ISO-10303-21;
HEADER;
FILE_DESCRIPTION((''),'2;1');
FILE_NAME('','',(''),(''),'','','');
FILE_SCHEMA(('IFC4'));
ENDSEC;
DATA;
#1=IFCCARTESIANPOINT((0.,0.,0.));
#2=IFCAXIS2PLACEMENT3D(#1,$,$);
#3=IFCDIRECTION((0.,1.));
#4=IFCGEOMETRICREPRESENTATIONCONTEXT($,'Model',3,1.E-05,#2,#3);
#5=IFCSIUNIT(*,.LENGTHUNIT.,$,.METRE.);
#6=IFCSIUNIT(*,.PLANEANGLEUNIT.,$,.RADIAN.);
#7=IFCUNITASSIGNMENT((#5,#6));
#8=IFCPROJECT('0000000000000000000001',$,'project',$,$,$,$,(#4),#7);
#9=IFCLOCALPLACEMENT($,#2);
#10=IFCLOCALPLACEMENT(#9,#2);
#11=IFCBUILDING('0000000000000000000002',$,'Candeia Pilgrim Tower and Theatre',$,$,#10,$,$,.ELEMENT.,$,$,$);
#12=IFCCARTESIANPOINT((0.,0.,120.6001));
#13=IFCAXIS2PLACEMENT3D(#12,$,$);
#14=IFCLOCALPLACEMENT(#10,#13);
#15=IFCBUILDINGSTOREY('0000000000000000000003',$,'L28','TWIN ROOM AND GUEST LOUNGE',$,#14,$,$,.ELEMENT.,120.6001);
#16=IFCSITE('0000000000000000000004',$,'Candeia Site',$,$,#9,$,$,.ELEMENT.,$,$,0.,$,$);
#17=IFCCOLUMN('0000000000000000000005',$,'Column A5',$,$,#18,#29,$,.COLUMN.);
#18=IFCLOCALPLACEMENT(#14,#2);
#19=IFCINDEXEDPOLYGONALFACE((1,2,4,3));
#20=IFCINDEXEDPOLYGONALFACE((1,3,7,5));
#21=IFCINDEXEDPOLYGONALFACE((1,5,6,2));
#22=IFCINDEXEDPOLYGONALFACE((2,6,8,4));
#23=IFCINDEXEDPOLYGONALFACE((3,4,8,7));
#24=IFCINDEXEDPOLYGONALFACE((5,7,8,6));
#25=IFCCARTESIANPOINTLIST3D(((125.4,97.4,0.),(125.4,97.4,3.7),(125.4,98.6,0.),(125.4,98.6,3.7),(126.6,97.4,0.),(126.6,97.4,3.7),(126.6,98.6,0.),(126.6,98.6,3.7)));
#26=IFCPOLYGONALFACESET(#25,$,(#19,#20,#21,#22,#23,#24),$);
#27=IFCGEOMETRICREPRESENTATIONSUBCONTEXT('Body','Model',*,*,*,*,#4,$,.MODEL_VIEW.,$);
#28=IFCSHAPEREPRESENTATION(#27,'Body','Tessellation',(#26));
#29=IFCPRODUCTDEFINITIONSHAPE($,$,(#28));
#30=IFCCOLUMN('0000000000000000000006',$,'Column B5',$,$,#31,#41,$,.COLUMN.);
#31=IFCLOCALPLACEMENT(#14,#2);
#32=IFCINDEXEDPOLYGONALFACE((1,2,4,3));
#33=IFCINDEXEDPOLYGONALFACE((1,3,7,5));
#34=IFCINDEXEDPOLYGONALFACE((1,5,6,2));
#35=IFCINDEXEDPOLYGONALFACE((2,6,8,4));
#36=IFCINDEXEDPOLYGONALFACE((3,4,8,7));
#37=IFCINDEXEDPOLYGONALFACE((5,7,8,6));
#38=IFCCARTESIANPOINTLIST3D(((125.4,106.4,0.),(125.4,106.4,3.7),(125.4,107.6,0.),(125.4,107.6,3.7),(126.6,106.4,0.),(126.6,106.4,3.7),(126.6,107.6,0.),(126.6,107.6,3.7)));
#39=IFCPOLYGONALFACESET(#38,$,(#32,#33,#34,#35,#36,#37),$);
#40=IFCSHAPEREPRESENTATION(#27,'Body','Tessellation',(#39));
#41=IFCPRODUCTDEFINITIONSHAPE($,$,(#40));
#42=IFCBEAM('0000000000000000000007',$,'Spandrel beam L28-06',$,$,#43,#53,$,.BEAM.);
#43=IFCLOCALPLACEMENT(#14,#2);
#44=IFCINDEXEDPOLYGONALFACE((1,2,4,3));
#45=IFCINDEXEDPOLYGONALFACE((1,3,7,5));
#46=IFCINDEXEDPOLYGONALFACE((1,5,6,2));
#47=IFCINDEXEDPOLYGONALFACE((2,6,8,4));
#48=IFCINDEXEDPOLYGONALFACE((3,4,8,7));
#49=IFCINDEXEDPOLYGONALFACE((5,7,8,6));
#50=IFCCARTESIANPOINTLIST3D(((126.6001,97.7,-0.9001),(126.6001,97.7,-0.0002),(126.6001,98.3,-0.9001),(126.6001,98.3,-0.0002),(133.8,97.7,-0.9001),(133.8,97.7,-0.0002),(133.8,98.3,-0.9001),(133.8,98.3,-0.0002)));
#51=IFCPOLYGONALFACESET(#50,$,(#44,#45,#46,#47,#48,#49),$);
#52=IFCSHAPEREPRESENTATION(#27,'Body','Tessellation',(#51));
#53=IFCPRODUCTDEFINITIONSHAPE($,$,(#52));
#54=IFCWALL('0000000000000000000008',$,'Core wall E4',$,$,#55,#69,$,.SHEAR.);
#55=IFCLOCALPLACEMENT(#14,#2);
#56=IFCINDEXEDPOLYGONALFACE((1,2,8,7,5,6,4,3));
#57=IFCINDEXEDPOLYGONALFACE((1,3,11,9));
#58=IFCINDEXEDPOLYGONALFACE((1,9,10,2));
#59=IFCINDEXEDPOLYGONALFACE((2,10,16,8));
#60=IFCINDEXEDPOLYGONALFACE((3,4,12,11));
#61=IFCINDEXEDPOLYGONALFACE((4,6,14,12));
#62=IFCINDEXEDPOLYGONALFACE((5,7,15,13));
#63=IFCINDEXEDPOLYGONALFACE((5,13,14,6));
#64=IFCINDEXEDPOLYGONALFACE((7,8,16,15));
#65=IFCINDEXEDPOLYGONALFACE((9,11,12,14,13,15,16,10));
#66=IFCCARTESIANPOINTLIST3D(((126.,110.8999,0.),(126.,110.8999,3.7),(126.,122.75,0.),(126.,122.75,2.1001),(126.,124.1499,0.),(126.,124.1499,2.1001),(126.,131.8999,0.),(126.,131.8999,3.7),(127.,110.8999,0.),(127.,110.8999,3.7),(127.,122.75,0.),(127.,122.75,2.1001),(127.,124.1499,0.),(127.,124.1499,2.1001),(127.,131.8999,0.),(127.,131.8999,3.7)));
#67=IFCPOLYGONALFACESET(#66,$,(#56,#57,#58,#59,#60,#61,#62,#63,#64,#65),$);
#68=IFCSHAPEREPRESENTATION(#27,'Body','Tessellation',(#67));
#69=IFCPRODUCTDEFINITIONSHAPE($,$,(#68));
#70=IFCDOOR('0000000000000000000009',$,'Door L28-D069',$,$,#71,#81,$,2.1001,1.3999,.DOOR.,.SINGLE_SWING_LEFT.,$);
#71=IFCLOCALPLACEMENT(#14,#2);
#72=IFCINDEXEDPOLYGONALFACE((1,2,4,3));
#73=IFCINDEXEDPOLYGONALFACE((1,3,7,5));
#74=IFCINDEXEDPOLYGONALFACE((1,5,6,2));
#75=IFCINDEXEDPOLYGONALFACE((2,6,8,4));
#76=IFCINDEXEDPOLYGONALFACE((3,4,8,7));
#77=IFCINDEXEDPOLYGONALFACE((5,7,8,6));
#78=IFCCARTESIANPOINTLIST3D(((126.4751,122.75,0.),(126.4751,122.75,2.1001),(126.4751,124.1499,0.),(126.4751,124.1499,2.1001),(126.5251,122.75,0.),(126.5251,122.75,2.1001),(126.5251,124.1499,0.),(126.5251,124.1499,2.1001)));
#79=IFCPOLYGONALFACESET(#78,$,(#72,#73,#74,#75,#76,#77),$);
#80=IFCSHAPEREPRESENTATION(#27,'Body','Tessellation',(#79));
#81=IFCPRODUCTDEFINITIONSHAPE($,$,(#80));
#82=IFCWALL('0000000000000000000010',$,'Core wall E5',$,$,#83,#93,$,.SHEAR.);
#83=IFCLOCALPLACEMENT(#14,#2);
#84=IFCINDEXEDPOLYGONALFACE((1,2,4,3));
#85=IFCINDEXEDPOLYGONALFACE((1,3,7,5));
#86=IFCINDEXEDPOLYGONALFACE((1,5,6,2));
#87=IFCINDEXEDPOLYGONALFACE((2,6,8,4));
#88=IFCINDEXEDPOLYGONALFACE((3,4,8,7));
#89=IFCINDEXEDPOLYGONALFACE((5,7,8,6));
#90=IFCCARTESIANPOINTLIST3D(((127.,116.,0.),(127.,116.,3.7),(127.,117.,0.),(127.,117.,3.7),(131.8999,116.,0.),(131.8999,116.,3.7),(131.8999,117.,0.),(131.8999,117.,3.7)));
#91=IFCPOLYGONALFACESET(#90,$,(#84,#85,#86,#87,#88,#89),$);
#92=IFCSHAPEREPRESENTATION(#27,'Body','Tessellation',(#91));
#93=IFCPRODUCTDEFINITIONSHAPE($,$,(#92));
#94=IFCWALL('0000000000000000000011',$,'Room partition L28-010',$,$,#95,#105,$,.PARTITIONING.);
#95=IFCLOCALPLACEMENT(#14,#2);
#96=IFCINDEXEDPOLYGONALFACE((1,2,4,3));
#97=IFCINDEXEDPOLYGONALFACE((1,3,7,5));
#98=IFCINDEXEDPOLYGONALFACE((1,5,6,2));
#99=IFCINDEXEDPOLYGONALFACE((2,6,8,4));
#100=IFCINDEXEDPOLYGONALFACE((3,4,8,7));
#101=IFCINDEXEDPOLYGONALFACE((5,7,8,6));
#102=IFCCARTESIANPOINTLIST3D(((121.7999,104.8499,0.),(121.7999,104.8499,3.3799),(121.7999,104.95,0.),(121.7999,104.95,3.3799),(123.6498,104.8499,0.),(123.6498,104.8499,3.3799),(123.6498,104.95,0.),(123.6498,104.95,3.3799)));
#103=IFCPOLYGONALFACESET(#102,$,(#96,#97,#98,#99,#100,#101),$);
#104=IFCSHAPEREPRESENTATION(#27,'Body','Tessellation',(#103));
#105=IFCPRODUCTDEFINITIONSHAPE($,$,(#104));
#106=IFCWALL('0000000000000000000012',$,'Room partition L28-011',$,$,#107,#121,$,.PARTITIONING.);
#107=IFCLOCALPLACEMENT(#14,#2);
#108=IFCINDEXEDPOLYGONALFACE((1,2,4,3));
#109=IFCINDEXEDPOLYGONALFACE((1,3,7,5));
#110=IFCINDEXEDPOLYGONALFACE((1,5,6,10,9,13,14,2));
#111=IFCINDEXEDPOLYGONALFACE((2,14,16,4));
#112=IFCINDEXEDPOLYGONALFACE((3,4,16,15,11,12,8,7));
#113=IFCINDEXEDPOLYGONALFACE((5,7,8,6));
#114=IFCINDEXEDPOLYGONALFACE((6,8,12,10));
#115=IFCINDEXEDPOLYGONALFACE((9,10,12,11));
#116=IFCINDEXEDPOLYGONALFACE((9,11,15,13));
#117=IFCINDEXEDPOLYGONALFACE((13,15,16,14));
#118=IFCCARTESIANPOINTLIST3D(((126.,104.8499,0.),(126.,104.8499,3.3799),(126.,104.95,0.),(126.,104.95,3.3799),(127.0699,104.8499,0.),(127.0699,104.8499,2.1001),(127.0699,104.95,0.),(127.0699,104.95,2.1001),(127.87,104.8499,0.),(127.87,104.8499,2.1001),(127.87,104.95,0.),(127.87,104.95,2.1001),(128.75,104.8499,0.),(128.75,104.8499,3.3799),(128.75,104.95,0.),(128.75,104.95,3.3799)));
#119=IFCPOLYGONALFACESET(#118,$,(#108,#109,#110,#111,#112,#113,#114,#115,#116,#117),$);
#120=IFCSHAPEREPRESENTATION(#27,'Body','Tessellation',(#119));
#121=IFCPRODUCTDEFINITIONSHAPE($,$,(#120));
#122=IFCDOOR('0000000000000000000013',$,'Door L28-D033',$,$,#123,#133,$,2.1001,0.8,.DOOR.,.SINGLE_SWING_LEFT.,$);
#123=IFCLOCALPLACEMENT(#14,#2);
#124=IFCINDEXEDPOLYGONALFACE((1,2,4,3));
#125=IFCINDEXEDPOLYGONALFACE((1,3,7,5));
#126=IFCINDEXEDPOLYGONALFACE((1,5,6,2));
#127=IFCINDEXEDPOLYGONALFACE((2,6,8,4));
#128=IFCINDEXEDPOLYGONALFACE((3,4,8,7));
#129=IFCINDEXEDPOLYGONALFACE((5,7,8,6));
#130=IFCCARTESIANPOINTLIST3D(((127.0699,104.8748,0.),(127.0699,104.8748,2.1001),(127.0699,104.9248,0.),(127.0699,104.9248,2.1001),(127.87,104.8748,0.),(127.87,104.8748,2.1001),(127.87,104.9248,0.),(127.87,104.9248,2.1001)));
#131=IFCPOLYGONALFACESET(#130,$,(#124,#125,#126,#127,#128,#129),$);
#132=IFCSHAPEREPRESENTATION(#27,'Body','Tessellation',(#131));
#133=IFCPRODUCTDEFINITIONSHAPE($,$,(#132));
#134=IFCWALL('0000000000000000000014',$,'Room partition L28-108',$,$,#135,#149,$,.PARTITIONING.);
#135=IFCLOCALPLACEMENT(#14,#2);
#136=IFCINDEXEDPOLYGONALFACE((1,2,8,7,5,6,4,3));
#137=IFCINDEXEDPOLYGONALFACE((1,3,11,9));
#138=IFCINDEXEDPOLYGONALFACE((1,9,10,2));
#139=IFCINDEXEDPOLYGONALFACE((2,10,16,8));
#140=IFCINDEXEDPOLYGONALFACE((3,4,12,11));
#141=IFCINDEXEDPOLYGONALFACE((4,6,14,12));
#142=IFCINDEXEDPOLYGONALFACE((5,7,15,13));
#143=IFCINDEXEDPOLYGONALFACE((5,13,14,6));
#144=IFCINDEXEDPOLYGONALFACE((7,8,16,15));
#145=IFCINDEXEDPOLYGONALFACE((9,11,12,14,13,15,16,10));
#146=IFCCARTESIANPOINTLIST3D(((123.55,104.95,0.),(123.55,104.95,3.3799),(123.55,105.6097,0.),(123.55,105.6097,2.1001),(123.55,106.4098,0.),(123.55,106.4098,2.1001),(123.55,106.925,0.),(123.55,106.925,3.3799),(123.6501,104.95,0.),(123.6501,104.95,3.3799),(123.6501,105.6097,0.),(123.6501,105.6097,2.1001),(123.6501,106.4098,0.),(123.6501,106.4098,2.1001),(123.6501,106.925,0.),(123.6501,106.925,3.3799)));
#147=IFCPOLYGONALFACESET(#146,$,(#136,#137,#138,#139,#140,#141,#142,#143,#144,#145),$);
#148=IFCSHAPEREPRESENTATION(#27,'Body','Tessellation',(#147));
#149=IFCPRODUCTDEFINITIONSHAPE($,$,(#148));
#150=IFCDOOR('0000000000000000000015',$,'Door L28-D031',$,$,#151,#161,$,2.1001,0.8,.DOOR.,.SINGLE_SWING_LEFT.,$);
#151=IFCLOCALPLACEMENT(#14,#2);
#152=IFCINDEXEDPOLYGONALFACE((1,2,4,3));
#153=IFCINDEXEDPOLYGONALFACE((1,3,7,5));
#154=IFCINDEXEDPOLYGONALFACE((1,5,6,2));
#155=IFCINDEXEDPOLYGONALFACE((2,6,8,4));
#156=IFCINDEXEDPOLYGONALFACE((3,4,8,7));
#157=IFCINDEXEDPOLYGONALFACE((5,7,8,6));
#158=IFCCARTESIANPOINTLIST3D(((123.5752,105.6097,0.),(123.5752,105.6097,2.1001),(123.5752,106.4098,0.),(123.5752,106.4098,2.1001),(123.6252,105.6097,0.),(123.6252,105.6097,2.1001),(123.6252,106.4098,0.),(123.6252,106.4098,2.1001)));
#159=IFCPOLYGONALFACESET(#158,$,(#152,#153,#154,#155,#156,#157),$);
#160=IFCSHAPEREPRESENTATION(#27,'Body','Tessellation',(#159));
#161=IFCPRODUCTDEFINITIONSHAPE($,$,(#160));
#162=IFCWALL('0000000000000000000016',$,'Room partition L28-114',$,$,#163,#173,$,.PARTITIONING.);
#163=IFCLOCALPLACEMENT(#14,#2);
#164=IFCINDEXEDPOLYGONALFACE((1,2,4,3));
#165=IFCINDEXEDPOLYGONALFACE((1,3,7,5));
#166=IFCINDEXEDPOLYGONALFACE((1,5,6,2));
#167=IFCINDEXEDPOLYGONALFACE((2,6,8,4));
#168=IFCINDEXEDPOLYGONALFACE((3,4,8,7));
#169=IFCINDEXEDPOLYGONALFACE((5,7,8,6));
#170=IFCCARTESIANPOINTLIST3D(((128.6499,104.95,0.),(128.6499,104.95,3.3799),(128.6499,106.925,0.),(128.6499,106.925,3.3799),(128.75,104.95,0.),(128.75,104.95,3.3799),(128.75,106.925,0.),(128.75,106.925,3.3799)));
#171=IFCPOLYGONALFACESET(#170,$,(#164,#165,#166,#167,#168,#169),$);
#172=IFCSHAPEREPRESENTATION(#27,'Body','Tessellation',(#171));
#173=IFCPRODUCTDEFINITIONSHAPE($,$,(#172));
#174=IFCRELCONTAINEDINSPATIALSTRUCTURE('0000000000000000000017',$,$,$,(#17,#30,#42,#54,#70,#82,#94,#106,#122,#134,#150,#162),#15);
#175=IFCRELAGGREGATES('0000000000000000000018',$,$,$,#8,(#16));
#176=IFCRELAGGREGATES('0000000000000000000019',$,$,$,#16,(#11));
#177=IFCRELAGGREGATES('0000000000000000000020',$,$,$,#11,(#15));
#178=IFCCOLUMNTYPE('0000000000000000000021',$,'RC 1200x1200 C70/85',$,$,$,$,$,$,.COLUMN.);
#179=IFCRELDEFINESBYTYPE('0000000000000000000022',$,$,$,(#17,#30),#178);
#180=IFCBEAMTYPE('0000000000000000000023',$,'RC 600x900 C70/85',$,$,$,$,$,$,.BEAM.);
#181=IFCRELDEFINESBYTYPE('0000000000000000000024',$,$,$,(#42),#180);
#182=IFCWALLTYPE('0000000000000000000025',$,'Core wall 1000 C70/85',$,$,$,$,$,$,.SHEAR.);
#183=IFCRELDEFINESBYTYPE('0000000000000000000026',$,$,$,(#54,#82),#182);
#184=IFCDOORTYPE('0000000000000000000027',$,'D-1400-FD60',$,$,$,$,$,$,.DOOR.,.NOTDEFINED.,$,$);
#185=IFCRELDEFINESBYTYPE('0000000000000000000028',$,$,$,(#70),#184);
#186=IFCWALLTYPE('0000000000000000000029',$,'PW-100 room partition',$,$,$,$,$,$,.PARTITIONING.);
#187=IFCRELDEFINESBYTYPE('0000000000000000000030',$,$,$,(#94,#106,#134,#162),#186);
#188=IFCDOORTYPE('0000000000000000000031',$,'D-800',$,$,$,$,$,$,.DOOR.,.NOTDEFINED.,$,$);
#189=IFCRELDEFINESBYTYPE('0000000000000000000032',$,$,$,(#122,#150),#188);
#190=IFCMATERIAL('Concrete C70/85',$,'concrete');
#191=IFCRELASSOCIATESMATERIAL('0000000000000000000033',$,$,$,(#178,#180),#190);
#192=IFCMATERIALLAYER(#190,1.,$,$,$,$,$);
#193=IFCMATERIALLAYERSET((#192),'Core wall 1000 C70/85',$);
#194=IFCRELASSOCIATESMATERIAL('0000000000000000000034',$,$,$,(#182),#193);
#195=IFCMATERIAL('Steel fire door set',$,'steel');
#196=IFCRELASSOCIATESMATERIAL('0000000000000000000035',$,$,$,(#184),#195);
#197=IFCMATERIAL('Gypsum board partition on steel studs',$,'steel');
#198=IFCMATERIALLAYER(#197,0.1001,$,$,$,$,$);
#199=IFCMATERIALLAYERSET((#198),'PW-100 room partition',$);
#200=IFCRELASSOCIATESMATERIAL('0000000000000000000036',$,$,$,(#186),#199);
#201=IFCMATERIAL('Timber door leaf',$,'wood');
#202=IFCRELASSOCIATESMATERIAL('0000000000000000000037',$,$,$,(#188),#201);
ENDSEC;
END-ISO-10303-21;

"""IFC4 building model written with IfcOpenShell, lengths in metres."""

from ifc_helpers import new_model, si_unit, direction, frame, frame_2d, origin, origin_2d, place, context, subcontext, project, spatial, rectangle, extrude, material, layer, layer_set, material_profile, profile_set, type_object, element, fill, save


model = new_model("IFC4")

# Units and contexts
model_context = context("Model", 3, precision=1e-05, world=origin(), true_north=direction((0.0, 1.0)))
body_context = subcontext(model_context, "Body", "Model", "MODEL_VIEW")
ifc_project = project(units=[si_unit("LENGTHUNIT", "METRE"), si_unit("PLANEANGLEUNIT", "RADIAN")], contexts=[model_context])

# Site, building, storey
site_placement = place(None, origin())
site = spatial("IfcSite", under=ifc_project, at=site_placement, Name="Candeia Site", CompositionType="ELEMENT", RefElevation=0.0)
building_placement = place(site_placement, origin())
building = spatial("IfcBuilding", under=site, at=building_placement, Name="Candeia Pilgrim Tower and Theatre", CompositionType="ELEMENT")
storey_placement = place(building_placement, frame((0.0, 0.0, 120.6001)))
storey = spatial("IfcBuildingStorey", under=building, at=storey_placement, Name="L28", Description="TWIN ROOM AND GUEST LOUNGE", CompositionType="ELEMENT", Elevation=120.6001)

# Columns
ifc_material_1 = material(Name="Concrete C70/85", Category="concrete")
ifc_material_profile_1 = material_profile(ifc_material_1, rectangle(XDim=1.2, YDim=1.2, at=origin_2d()))
ifc_profile_set_1 = profile_set([ifc_material_profile_1], Name="Concrete C70/85")
column_type = type_object("IfcColumnType", Name="RC 1200x1200 C70/85", PredefinedType="COLUMN", material=ifc_profile_set_1)
for number, where, z_axis, x_axis, name in (
    (1, (126.0, 98.0, 0.0), (0.0, 0.0, 1.0), (1.0, 0.0, 0.0), "Column A5"),
    (2, (126.0, 107.0, 0.0), (0.0, 0.0, 1.0), (1.0, 0.0, 0.0), "Column B5"),
):
    element("IfcColumn", number, at=place(storey_placement, frame(where, z_axis=z_axis, x_axis=x_axis)), inside=storey, type_object=column_type, Name=name, PredefinedType="COLUMN", context=body_context, shape_type="SweptSolid", body=[
        extrude(rectangle(XDim=1.2, YDim=1.2, at=origin_2d()), origin(), (0.0, 0.0, 1.0), 3.7),
    ])

# Beam
ifc_material_profile_2 = material_profile(ifc_material_1, rectangle(XDim=0.6001, YDim=0.8999, at=origin_2d()))
ifc_profile_set_2 = profile_set([ifc_material_profile_2], Name="Concrete C70/85")
beam_type = type_object("IfcBeamType", Name="RC 600x900 C70/85", PredefinedType="BEAM", material=ifc_profile_set_2)
beam_placement = place(storey_placement, frame((126.6001, 98.0, -0.4502), z_axis=(1.0, 0.0, 0.0), x_axis=(0.0, 1.0, 0.0)))
element("IfcBeam", 3, at=beam_placement, inside=storey, type_object=beam_type, Name="Spandrel beam L28-06", PredefinedType="BEAM", context=body_context, shape_type="SweptSolid", body=[
    extrude(rectangle(XDim=0.6001, YDim=0.8999, at=origin_2d()), origin(), (0.0, 0.0, 1.0), 7.2),
])

# Wall, opening, door
ifc_layer_1 = layer(ifc_material_1, 1.0)
ifc_layer_set_1 = layer_set([ifc_layer_1], Name="Core wall 1000 C70/85")
wall_type_1 = type_object("IfcWallType", Name="Core wall 1000 C70/85", PredefinedType="SHEAR", material=ifc_layer_set_1)
wall_1_placement = place(storey_placement, frame((126.5, 110.8999, 0.0), z_axis=(0.0, 0.0, 1.0), x_axis=(0.0, 1.0, 0.0)))
wall_1 = element("IfcWall", 4, at=wall_1_placement, inside=storey, type_object=wall_type_1, Name="Core wall E4", PredefinedType="SHEAR", context=body_context, shape_type="SweptSolid", body=[
    extrude(rectangle(XDim=21.0, YDim=1.0, at=frame_2d((10.5, 0.0))), origin(), (0.0, 0.0, 1.0), 3.7),
])
opening_1_placement = place(wall_1_placement, frame((11.8501, 0.0, 0.0)))
opening_1 = element("IfcOpeningElement", 5, at=opening_1_placement, cuts=wall_1, PredefinedType="OPENING", context=body_context, shape_type="SweptSolid", body=[
    extrude(rectangle(XDim=1.3999, YDim=2.1001, at=frame_2d((0.7, 1.05))), frame((0.0, 0.51, 0.0), z_axis=(0.0, -1.0, 0.0), x_axis=(1.0, 0.0, 0.0)), (0.0, 0.0, 1.0), 1.02),
])
ifc_material_2 = material(Name="Steel fire door set", Category="steel")
door_type_1 = type_object("IfcDoorType", Name="D-1400-FD60", OperationType="NOTDEFINED", PredefinedType="DOOR", material=ifc_material_2)
door_1_placement = place(opening_1_placement, origin())
door_1 = element("IfcDoor", 6, at=door_1_placement, inside=storey, type_object=door_type_1, Name="Door L28-D069", OperationType="SINGLE_SWING_LEFT", OverallHeight=2.1001, OverallWidth=1.3999, PredefinedType="DOOR", context=body_context, shape_type="SweptSolid", body=[
    extrude(rectangle(XDim=1.3999, YDim=2.1001, at=frame_2d((0.7, 1.05))), frame((0.0, 0.0249, 0.0), z_axis=(0.0, -1.0, 0.0), x_axis=(1.0, 0.0, 0.0)), (0.0, 0.0, 1.0), 0.05),
])
fill(opening_1, door_1)

# Walls
wall_2_placement = place(storey_placement, frame((127.0, 116.5, 0.0), z_axis=(0.0, 0.0, 1.0), x_axis=(1.0, 0.0, 0.0)))
element("IfcWall", 7, at=wall_2_placement, inside=storey, type_object=wall_type_1, Name="Core wall E5", PredefinedType="SHEAR", context=body_context, shape_type="SweptSolid", body=[
    extrude(rectangle(XDim=4.8999, YDim=1.0, at=frame_2d((2.45, 0.0))), origin(), (0.0, 0.0, 1.0), 3.7),
])
ifc_material_3 = material(Name="Gypsum board partition on steel studs", Category="steel")
ifc_layer_2 = layer(ifc_material_3, 0.1001)
ifc_layer_set_2 = layer_set([ifc_layer_2], Name="PW-100 room partition")
wall_type_2 = type_object("IfcWallType", Name="PW-100 room partition", PredefinedType="PARTITIONING", material=ifc_layer_set_2)
wall_3_placement = place(storey_placement, frame((121.8, 104.8999, 0.0), z_axis=(0.0, 0.0, 1.0), x_axis=(1.0, 0.0, 0.0)))
element("IfcWall", 8, at=wall_3_placement, inside=storey, type_object=wall_type_2, Name="Room partition L28-010", PredefinedType="PARTITIONING", context=body_context, shape_type="SweptSolid", body=[
    extrude(rectangle(XDim=1.8499, YDim=0.1001, at=frame_2d((0.9248, 0.0))), origin(), (0.0, 0.0, 1.0), 3.3799),
])

# Walls, openings, doors
wall_4_placement = place(storey_placement, frame((126.0, 104.8999, 0.0), z_axis=(0.0, 0.0, 1.0), x_axis=(1.0, 0.0, 0.0)))
wall_4 = element("IfcWall", 9, at=wall_4_placement, inside=storey, type_object=wall_type_2, Name="Room partition L28-011", PredefinedType="PARTITIONING", context=body_context, shape_type="SweptSolid", body=[
    extrude(rectangle(XDim=2.75, YDim=0.1001, at=frame_2d((1.375, 0.0))), origin(), (0.0, 0.0, 1.0), 3.3799),
])
opening_2_placement = place(wall_4_placement, frame((1.0701, 0.0, 0.0)))
opening_2 = element("IfcOpeningElement", 10, at=opening_2_placement, cuts=wall_4, PredefinedType="OPENING", context=body_context, shape_type="SweptSolid", body=[
    extrude(rectangle(XDim=0.8, YDim=2.1001, at=frame_2d((0.3999, 1.05))), frame((0.0, 0.0601, 0.0), z_axis=(0.0, -1.0, 0.0), x_axis=(1.0, 0.0, 0.0)), (0.0, 0.0, 1.0), 0.1201),
])
ifc_material_4 = material(Name="Timber door leaf", Category="wood")
door_type_2 = type_object("IfcDoorType", Name="D-800", OperationType="NOTDEFINED", PredefinedType="DOOR", material=ifc_material_4)
door_2_placement = place(opening_2_placement, origin())
door_2 = element("IfcDoor", 11, at=door_2_placement, inside=storey, type_object=door_type_2, Name="Door L28-D033", OperationType="SINGLE_SWING_LEFT", OverallHeight=2.1001, OverallWidth=0.8, PredefinedType="DOOR", context=body_context, shape_type="SweptSolid", body=[
    extrude(rectangle(XDim=0.8, YDim=2.1001, at=frame_2d((0.3999, 1.05))), frame((0.0, 0.0249, 0.0), z_axis=(0.0, -1.0, 0.0), x_axis=(1.0, 0.0, 0.0)), (0.0, 0.0, 1.0), 0.05),
])
fill(opening_2, door_2)
wall_5_placement = place(storey_placement, frame((123.6001, 104.95, 0.0), z_axis=(0.0, 0.0, 1.0), x_axis=(0.0, 1.0, 0.0)))
wall_5 = element("IfcWall", 12, at=wall_5_placement, inside=storey, type_object=wall_type_2, Name="Room partition L28-108", PredefinedType="PARTITIONING", context=body_context, shape_type="SweptSolid", body=[
    extrude(rectangle(XDim=1.9751, YDim=0.1001, at=frame_2d((0.9875, 0.0))), origin(), (0.0, 0.0, 1.0), 3.3799),
])
opening_3_placement = place(wall_5_placement, frame((0.6599, 0.0, 0.0)))
opening_3 = element("IfcOpeningElement", 13, at=opening_3_placement, cuts=wall_5, PredefinedType="OPENING", context=body_context, shape_type="SweptSolid", body=[
    extrude(rectangle(XDim=0.8, YDim=2.1001, at=frame_2d((0.3999, 1.05))), frame((0.0, 0.0601, 0.0), z_axis=(0.0, -1.0, 0.0), x_axis=(1.0, 0.0, 0.0)), (0.0, 0.0, 1.0), 0.1201),
])
door_3_placement = place(opening_3_placement, origin())
door_3 = element("IfcDoor", 14, at=door_3_placement, inside=storey, type_object=door_type_2, Name="Door L28-D031", OperationType="SINGLE_SWING_LEFT", OverallHeight=2.1001, OverallWidth=0.8, PredefinedType="DOOR", context=body_context, shape_type="SweptSolid", body=[
    extrude(rectangle(XDim=0.8, YDim=2.1001, at=frame_2d((0.3999, 1.05))), frame((0.0, 0.0249, 0.0), z_axis=(0.0, -1.0, 0.0), x_axis=(1.0, 0.0, 0.0)), (0.0, 0.0, 1.0), 0.05),
])
fill(opening_3, door_3)

# Wall
wall_6_placement = place(storey_placement, frame((128.7, 104.95, 0.0), z_axis=(0.0, 0.0, 1.0), x_axis=(0.0, 1.0, 0.0)))
element("IfcWall", 15, at=wall_6_placement, inside=storey, type_object=wall_type_2, Name="Room partition L28-114", PredefinedType="PARTITIONING", context=body_context, shape_type="SweptSolid", body=[
    extrude(rectangle(XDim=1.9751, YDim=0.1001, at=frame_2d((0.9875, 0.0))), origin(), (0.0, 0.0, 1.0), 3.3799),
])

save(model, "model.ifc")
